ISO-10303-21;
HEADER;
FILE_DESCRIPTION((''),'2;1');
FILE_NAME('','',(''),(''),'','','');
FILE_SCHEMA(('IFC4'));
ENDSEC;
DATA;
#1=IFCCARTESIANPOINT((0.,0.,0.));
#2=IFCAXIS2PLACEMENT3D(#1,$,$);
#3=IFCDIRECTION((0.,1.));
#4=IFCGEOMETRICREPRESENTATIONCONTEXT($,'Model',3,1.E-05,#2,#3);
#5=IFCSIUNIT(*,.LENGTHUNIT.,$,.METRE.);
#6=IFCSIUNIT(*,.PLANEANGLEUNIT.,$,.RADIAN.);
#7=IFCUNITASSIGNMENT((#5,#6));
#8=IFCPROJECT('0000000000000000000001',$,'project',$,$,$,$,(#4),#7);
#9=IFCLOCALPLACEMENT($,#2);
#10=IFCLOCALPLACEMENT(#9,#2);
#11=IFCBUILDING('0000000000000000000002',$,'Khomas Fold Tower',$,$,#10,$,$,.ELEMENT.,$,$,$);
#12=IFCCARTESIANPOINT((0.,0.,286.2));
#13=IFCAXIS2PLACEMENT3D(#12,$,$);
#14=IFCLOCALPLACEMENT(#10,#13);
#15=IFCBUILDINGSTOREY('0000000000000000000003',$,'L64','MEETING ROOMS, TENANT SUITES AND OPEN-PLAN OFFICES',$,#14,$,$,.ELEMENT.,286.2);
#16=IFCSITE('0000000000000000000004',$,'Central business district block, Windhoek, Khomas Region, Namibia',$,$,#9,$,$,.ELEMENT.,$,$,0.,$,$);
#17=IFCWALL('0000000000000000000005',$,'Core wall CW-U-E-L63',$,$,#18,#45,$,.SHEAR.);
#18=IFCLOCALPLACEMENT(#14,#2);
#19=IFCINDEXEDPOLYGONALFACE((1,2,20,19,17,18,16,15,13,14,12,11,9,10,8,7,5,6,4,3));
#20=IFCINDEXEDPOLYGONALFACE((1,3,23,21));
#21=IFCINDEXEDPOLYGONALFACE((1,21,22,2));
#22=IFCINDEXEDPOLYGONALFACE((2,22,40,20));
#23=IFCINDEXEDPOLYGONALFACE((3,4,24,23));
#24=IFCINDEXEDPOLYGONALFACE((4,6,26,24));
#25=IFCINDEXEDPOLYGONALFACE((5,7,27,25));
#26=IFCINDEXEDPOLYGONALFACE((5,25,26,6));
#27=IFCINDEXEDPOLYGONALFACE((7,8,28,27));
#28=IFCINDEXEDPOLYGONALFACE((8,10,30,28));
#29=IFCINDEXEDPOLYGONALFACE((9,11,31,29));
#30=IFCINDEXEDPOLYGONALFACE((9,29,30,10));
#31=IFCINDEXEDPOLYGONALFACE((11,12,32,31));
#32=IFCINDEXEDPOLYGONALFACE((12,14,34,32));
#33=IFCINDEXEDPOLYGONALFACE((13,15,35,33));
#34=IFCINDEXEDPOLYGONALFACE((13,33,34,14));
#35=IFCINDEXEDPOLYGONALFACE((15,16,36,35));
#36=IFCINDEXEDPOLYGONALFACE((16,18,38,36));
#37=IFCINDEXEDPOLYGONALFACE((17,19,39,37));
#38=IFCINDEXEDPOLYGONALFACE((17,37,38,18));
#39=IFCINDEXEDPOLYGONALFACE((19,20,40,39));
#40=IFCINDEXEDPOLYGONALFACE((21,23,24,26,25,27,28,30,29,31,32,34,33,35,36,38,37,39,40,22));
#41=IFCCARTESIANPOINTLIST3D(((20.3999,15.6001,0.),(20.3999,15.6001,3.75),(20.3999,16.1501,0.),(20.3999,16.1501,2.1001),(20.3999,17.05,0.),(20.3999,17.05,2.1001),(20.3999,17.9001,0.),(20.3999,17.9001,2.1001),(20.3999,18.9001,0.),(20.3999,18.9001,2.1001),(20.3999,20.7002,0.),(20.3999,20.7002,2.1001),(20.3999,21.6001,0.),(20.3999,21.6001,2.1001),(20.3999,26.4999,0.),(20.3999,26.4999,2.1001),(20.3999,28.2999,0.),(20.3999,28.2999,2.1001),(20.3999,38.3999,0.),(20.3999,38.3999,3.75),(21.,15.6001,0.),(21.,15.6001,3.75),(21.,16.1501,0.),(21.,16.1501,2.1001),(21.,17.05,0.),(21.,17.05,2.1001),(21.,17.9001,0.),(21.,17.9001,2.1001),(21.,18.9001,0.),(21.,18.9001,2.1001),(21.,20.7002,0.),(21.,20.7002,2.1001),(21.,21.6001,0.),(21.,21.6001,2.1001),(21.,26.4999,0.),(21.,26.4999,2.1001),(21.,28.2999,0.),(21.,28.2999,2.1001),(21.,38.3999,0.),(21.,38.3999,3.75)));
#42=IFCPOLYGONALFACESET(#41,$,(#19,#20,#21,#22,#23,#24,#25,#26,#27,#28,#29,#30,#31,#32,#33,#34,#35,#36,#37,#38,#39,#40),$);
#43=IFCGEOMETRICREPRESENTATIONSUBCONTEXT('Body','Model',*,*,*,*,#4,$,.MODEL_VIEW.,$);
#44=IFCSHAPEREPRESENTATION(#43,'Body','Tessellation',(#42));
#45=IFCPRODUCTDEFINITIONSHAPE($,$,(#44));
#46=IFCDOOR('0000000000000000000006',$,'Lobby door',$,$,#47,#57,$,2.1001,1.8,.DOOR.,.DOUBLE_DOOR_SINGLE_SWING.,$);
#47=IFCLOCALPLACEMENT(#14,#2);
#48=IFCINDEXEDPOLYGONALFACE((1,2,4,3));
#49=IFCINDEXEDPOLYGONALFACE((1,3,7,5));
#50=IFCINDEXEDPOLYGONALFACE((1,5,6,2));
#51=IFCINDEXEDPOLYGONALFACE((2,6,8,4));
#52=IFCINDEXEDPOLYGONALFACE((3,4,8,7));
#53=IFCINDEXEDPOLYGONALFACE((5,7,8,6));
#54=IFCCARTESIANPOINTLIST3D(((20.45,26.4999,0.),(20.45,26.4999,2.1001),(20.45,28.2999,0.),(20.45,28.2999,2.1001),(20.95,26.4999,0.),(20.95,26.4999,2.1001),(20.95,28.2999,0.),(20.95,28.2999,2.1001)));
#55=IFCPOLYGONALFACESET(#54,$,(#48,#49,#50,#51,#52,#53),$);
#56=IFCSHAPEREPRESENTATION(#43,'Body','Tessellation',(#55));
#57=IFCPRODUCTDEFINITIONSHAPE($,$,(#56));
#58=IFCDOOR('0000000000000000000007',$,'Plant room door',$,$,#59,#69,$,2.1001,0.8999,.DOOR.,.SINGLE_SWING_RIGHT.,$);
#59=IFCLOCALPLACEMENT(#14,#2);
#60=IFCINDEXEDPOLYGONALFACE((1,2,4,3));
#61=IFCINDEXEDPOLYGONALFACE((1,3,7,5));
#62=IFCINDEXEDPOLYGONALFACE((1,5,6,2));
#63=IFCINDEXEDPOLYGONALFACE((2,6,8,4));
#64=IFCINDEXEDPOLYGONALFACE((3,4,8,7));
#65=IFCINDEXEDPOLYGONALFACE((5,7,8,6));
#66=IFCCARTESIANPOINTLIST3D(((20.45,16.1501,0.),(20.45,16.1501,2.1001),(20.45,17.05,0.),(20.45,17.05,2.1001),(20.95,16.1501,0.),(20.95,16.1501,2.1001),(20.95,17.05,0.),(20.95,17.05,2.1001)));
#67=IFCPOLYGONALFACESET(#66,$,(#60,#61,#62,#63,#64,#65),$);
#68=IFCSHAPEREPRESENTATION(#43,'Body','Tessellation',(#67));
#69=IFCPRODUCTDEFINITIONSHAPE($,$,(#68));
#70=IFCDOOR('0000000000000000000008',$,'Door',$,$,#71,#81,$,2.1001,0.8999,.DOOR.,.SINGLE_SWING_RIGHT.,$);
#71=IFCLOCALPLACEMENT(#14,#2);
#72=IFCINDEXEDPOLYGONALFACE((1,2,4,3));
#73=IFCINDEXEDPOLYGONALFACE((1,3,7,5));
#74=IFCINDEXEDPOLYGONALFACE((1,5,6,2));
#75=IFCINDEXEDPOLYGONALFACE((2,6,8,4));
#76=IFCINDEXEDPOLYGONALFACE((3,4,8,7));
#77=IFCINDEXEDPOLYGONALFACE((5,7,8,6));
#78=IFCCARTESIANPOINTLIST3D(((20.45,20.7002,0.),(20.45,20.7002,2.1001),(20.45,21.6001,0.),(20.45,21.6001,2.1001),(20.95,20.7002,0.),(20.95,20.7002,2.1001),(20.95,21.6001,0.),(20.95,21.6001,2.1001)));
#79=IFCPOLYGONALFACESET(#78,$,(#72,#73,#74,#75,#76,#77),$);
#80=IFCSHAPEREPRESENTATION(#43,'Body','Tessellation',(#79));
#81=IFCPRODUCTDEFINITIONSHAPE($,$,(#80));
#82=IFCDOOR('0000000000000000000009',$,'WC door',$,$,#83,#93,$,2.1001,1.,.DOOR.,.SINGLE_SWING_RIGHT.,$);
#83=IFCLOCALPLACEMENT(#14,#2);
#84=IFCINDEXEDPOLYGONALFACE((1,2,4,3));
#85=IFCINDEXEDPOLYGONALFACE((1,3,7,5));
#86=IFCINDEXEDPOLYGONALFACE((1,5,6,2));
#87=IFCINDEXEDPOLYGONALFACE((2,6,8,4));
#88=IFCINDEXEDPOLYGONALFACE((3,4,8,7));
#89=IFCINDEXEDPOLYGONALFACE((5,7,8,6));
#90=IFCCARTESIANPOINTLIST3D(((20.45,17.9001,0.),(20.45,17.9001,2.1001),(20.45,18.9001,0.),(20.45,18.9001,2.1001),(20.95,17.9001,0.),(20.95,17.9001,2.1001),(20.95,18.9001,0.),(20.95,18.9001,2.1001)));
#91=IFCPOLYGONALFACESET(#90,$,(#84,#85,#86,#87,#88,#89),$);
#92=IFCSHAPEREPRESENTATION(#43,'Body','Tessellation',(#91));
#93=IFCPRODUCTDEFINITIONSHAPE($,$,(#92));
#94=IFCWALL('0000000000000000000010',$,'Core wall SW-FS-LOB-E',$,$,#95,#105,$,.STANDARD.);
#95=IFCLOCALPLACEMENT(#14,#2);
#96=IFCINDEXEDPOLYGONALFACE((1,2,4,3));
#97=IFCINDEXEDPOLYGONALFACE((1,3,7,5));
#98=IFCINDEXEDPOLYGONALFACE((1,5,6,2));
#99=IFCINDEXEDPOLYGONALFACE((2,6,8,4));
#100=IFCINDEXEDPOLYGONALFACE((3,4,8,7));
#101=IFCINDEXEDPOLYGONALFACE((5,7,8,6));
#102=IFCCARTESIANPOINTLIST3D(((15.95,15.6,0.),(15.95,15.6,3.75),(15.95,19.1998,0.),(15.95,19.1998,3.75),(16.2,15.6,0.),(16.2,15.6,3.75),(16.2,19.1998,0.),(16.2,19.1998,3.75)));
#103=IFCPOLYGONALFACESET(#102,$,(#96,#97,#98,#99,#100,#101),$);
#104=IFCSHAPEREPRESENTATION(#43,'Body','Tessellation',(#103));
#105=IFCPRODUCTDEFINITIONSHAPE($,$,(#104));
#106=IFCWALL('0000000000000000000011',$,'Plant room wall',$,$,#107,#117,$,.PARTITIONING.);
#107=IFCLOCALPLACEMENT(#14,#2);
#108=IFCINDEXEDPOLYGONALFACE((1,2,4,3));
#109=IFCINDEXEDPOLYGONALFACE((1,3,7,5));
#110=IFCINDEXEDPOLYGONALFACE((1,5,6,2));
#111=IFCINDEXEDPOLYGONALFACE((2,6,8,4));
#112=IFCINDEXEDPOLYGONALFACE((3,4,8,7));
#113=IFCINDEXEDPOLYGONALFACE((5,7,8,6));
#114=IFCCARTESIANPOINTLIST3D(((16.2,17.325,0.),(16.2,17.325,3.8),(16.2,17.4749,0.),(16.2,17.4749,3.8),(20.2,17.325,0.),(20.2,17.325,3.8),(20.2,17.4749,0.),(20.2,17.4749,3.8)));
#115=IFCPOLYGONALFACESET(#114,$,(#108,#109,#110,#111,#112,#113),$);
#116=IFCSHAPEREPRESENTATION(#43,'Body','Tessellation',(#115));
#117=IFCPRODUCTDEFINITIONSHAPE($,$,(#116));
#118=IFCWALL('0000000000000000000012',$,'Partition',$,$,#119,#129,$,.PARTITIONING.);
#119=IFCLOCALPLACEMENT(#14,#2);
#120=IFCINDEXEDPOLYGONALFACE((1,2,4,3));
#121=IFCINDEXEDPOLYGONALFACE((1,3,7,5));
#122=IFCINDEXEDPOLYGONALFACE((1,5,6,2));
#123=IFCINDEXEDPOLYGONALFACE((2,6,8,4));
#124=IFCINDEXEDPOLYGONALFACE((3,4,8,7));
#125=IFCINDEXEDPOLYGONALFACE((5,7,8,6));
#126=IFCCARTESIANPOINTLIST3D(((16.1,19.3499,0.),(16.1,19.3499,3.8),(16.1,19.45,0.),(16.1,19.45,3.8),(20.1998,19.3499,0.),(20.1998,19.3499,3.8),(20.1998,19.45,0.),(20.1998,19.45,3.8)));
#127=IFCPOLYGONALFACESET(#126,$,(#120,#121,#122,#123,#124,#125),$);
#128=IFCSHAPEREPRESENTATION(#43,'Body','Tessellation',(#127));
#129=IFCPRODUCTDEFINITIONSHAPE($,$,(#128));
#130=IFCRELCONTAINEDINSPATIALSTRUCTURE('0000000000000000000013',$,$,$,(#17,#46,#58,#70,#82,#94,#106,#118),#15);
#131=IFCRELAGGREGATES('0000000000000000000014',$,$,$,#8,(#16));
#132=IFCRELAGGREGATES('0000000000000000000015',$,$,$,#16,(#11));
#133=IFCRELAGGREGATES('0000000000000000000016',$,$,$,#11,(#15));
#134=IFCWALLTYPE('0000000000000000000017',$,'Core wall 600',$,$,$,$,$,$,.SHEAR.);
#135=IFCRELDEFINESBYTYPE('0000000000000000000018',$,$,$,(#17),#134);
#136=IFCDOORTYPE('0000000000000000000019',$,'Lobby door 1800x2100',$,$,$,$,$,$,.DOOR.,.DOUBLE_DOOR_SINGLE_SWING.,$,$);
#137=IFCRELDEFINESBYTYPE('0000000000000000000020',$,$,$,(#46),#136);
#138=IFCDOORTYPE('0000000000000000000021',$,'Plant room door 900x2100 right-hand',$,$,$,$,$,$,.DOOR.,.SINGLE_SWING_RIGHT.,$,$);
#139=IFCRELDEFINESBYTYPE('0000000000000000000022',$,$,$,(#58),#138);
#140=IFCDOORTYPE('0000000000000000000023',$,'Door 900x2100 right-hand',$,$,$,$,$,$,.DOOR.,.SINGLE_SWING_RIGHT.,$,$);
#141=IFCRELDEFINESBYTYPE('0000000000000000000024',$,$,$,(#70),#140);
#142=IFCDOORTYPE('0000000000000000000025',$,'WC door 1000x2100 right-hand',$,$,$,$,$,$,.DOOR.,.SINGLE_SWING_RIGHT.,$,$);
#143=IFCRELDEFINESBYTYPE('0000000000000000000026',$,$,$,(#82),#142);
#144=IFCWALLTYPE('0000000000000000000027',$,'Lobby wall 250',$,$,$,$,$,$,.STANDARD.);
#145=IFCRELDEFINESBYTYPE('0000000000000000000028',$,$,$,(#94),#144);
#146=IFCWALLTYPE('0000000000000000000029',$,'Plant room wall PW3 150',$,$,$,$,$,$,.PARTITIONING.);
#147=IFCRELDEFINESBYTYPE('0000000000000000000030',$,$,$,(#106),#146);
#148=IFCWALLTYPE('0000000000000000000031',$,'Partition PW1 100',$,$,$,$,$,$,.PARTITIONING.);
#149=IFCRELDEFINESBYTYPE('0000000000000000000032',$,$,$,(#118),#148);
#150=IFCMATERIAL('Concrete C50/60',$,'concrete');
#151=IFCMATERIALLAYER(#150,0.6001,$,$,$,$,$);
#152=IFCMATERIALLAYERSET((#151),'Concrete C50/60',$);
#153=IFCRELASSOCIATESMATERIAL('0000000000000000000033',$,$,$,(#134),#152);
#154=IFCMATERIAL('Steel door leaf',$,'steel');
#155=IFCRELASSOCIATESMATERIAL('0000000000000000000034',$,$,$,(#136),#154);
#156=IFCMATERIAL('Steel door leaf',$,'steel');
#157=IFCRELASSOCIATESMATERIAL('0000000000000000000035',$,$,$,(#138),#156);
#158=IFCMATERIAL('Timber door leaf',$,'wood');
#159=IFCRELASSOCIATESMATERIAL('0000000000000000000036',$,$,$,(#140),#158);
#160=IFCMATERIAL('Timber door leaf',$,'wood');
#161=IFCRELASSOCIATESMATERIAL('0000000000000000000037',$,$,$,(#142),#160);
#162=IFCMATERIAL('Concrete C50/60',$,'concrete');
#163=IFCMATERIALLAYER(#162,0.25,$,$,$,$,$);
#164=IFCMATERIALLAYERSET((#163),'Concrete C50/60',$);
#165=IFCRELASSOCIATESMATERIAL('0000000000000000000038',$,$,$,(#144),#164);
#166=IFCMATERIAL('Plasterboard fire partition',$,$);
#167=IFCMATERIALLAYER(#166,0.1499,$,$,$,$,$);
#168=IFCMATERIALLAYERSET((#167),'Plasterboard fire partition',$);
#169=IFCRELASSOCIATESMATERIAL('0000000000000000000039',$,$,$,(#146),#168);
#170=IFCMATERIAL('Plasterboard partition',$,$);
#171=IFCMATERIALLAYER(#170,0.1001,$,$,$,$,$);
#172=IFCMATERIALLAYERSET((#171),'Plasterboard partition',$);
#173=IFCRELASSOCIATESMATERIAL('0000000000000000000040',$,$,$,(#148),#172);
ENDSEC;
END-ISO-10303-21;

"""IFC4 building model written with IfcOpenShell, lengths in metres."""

from ifc_helpers import new_model, si_unit, direction, frame, frame_2d, origin, place, context, subcontext, project, spatial, rectangle, extrude, source, transform, mapped, material, layer, layer_set, type_object, element, fill, save


model = new_model("IFC4")

# Units and contexts
model_context = context("Model", 3, precision=1e-05, world=origin(), true_north=direction((0.0, 1.0)))
body_context = subcontext(model_context, "Body", "Model", "MODEL_VIEW")
ifc_project = project(units=[si_unit("LENGTHUNIT", "METRE"), si_unit("PLANEANGLEUNIT", "RADIAN")], contexts=[model_context])

# Site, building, storey
site_placement = place(None, origin())
site = spatial("IfcSite", under=ifc_project, at=site_placement, Name="Central business district block, Windhoek, Khomas Region, Namibia", CompositionType="ELEMENT", RefElevation=0.0)
building_placement = place(site_placement, origin())
building = spatial("IfcBuilding", under=site, at=building_placement, Name="Khomas Fold Tower", CompositionType="ELEMENT")
storey_placement = place(building_placement, frame((0.0, 0.0, 286.2)))
storey = spatial("IfcBuildingStorey", under=building, at=storey_placement, Name="L64", Description="MEETING ROOMS, TENANT SUITES AND OPEN-PLAN OFFICES", CompositionType="ELEMENT", Elevation=286.2)

# Wall, openings, doors
ifc_material_1 = material(Name="Concrete C50/60", Category="concrete")
ifc_layer_1 = layer(ifc_material_1, 0.6001)
ifc_layer_set_1 = layer_set([ifc_layer_1], Name="Concrete C50/60")
wall_type_1 = type_object("IfcWallType", Name="Core wall 600", PredefinedType="SHEAR", material=ifc_layer_set_1)
shared_shape_1 = source(origin(), body_context, "Body", "SweptSolid", [
    extrude(rectangle(XDim=22.7998, YDim=0.6001, at=frame_2d((11.3999, 0.0))), origin(), (0.0, 0.0, 1.0), 3.75),
])
wall_1_placement = place(storey_placement, frame((20.7, 15.6001, 0.0), z_axis=(0.0, 0.0, 1.0), x_axis=(0.0, 1.0, 0.0)))
wall_1 = element("IfcWall", 1, at=wall_1_placement, inside=storey, type_object=wall_type_1, Name="Core wall CW-U-E-L63", PredefinedType="SHEAR", context=body_context, shape_type="MappedRepresentation", body=[
    mapped(shared_shape_1, transform((0.0, 0.0, 0.0))),
])
shared_shape_2 = source(origin(), body_context, "Body", "SweptSolid", [
    extrude(rectangle(XDim=1.8, YDim=2.1001, at=frame_2d((0.8999, 1.05))), frame((0.0, 0.3101, 0.0), z_axis=(0.0, -1.0, 0.0), x_axis=(1.0, 0.0, 0.0)), (0.0, 0.0, 1.0), 0.6201),
])
opening_1_placement = place(wall_1_placement, frame((10.8999, 0.0, 0.0)))
opening_1 = element("IfcOpeningElement", 2, at=opening_1_placement, cuts=wall_1, PredefinedType="OPENING", context=body_context, shape_type="MappedRepresentation", body=[
    mapped(shared_shape_2, transform((0.0, 0.0, 0.0))),
])
shared_shape_3 = source(origin(), body_context, "Body", "SweptSolid", [
    extrude(rectangle(XDim=0.8999, YDim=2.1001, at=frame_2d((0.45, 1.05))), frame((0.0, 0.3101, 0.0), z_axis=(0.0, -1.0, 0.0), x_axis=(1.0, 0.0, 0.0)), (0.0, 0.0, 1.0), 0.6201),
])
opening_2_placement = place(wall_1_placement, frame((0.55, 0.0, 0.0)))
opening_2 = element("IfcOpeningElement", 3, at=opening_2_placement, cuts=wall_1, PredefinedType="OPENING", context=body_context, shape_type="MappedRepresentation", body=[
    mapped(shared_shape_3, transform((0.0, 0.0, 0.0))),
])
shared_shape_4 = source(origin(), body_context, "Body", "SweptSolid", [
    extrude(rectangle(XDim=1.0, YDim=2.1001, at=frame_2d((0.5, 1.05))), frame((0.0, 0.3101, 0.0), z_axis=(0.0, -1.0, 0.0), x_axis=(1.0, 0.0, 0.0)), (0.0, 0.0, 1.0), 0.6201),
])
opening_3_placement = place(wall_1_placement, frame((2.3, 0.0, 0.0)))
opening_3 = element("IfcOpeningElement", 4, at=opening_3_placement, cuts=wall_1, PredefinedType="OPENING", context=body_context, shape_type="MappedRepresentation", body=[
    mapped(shared_shape_4, transform((0.0, 0.0, 0.0))),
])
opening_4_placement = place(wall_1_placement, frame((5.1001, 0.0, 0.0)))
opening_4 = element("IfcOpeningElement", 5, at=opening_4_placement, cuts=wall_1, PredefinedType="OPENING", context=body_context, shape_type="MappedRepresentation", body=[
    mapped(shared_shape_3, transform((0.0, 0.0, 0.0))),
])
ifc_material_2 = material(Name="Steel door leaf", Category="steel")
door_type_1 = type_object("IfcDoorType", Name="Lobby door 1800x2100", OperationType="DOUBLE_DOOR_SINGLE_SWING", PredefinedType="DOOR", material=ifc_material_2)
shared_shape_5 = source(origin(), body_context, "Body", "SweptSolid", [
    extrude(rectangle(XDim=1.8, YDim=2.1001, at=frame_2d((0.8999, 1.05))), frame((0.0, 0.25, 0.0), z_axis=(0.0, -1.0, 0.0), x_axis=(1.0, 0.0, 0.0)), (0.0, 0.0, 1.0), 0.5),
])
door_1_placement = place(opening_1_placement, origin())
door_1 = element("IfcDoor", 6, at=door_1_placement, inside=storey, type_object=door_type_1, Name="Lobby door", OperationType="DOUBLE_DOOR_SINGLE_SWING", OverallHeight=2.1001, OverallWidth=1.8, PredefinedType="DOOR", context=body_context, shape_type="MappedRepresentation", body=[
    mapped(shared_shape_5, transform((0.0, 0.0, 0.0))),
])
fill(opening_1, door_1)
ifc_material_3 = material(Name="Steel door leaf", Category="steel")
door_type_2 = type_object("IfcDoorType", Name="Plant room door 900x2100 right-hand", OperationType="SINGLE_SWING_RIGHT", PredefinedType="DOOR", material=ifc_material_3)
shared_shape_6 = source(origin(), body_context, "Body", "SweptSolid", [
    extrude(rectangle(XDim=0.8999, YDim=2.1001, at=frame_2d((0.45, 1.05))), frame((0.0, 0.25, 0.0), z_axis=(0.0, -1.0, 0.0), x_axis=(1.0, 0.0, 0.0)), (0.0, 0.0, 1.0), 0.5),
])
door_2_placement = place(opening_2_placement, origin())
door_2 = element("IfcDoor", 7, at=door_2_placement, inside=storey, type_object=door_type_2, Name="Plant room door", OperationType="SINGLE_SWING_RIGHT", OverallHeight=2.1001, OverallWidth=0.8999, PredefinedType="DOOR", context=body_context, shape_type="MappedRepresentation", body=[
    mapped(shared_shape_6, transform((0.0, 0.0, 0.0))),
])
fill(opening_2, door_2)
ifc_material_4 = material(Name="Timber door leaf", Category="wood")
door_type_3 = type_object("IfcDoorType", Name="Door 900x2100 right-hand", OperationType="SINGLE_SWING_RIGHT", PredefinedType="DOOR", material=ifc_material_4)
door_3_placement = place(opening_4_placement, origin())
door_3 = element("IfcDoor", 8, at=door_3_placement, inside=storey, type_object=door_type_3, Name="Door", OperationType="SINGLE_SWING_RIGHT", OverallHeight=2.1001, OverallWidth=0.8999, PredefinedType="DOOR", context=body_context, shape_type="MappedRepresentation", body=[
    mapped(shared_shape_6, transform((0.0, 0.0, 0.0))),
])
fill(opening_4, door_3)
ifc_material_5 = material(Name="Timber door leaf", Category="wood")
door_type_4 = type_object("IfcDoorType", Name="WC door 1000x2100 right-hand", OperationType="SINGLE_SWING_RIGHT", PredefinedType="DOOR", material=ifc_material_5)
shared_shape_7 = source(origin(), body_context, "Body", "SweptSolid", [
    extrude(rectangle(XDim=1.0, YDim=2.1001, at=frame_2d((0.5, 1.05))), frame((0.0, 0.25, 0.0), z_axis=(0.0, -1.0, 0.0), x_axis=(1.0, 0.0, 0.0)), (0.0, 0.0, 1.0), 0.5),
])
door_4_placement = place(opening_3_placement, origin())
door_4 = element("IfcDoor", 9, at=door_4_placement, inside=storey, type_object=door_type_4, Name="WC door", OperationType="SINGLE_SWING_RIGHT", OverallHeight=2.1001, OverallWidth=1.0, PredefinedType="DOOR", context=body_context, shape_type="MappedRepresentation", body=[
    mapped(shared_shape_7, transform((0.0, 0.0, 0.0))),
])
fill(opening_3, door_4)

# Walls
ifc_material_6 = material(Name="Concrete C50/60", Category="concrete")
ifc_layer_2 = layer(ifc_material_6, 0.25)
ifc_layer_set_2 = layer_set([ifc_layer_2], Name="Concrete C50/60")
wall_type_2 = type_object("IfcWallType", Name="Lobby wall 250", PredefinedType="STANDARD", material=ifc_layer_set_2)
shared_shape_8 = source(origin(), body_context, "Body", "SweptSolid", [
    extrude(rectangle(XDim=3.5999, YDim=0.25, at=frame_2d((1.7998, 0.0))), origin(), (0.0, 0.0, 1.0), 3.75),
])
wall_2_placement = place(storey_placement, frame((16.075, 15.6001, 0.0), z_axis=(0.0, 0.0, 1.0), x_axis=(0.0, 1.0, 0.0)))
element("IfcWall", 10, at=wall_2_placement, inside=storey, type_object=wall_type_2, Name="Core wall SW-FS-LOB-E", PredefinedType="STANDARD", context=body_context, shape_type="MappedRepresentation", body=[
    mapped(shared_shape_8, transform((0.0, 0.0, 0.0))),
])
ifc_material_7 = material(Name="Plasterboard fire partition")
ifc_layer_3 = layer(ifc_material_7, 0.1499)
ifc_layer_set_3 = layer_set([ifc_layer_3], Name="Plasterboard fire partition")
wall_type_3 = type_object("IfcWallType", Name="Plant room wall PW3 150", PredefinedType="PARTITIONING", material=ifc_layer_set_3)
shared_shape_9 = source(origin(), body_context, "Body", "SweptSolid", [
    extrude(rectangle(XDim=4.0, YDim=0.1499, at=frame_2d((2.0, 0.0))), origin(), (0.0, 0.0, 1.0), 3.8),
])
wall_3_placement = place(storey_placement, frame((16.2, 17.3999, 0.0), z_axis=(0.0, 0.0, 1.0), x_axis=(1.0, 0.0, 0.0)))
element("IfcWall", 11, at=wall_3_placement, inside=storey, type_object=wall_type_3, Name="Plant room wall", PredefinedType="PARTITIONING", context=body_context, shape_type="MappedRepresentation", body=[
    mapped(shared_shape_9, transform((0.0, 0.0, 0.0))),
])
ifc_material_8 = material(Name="Plasterboard partition")
ifc_layer_4 = layer(ifc_material_8, 0.1001)
ifc_layer_set_4 = layer_set([ifc_layer_4], Name="Plasterboard partition")
wall_type_4 = type_object("IfcWallType", Name="Partition PW1 100", PredefinedType="PARTITIONING", material=ifc_layer_set_4)
shared_shape_10 = source(origin(), body_context, "Body", "SweptSolid", [
    extrude(rectangle(XDim=4.0999, YDim=0.1001, at=frame_2d((2.0498, 0.0))), origin(), (0.0, 0.0, 1.0), 3.8),
])
wall_4_placement = place(storey_placement, frame((16.1001, 19.3999, 0.0), z_axis=(0.0, 0.0, 1.0), x_axis=(1.0, 0.0, 0.0)))
element("IfcWall", 12, at=wall_4_placement, inside=storey, type_object=wall_type_4, Name="Partition", PredefinedType="PARTITIONING", context=body_context, shape_type="MappedRepresentation", body=[
    mapped(shared_shape_10, transform((0.0, 0.0, 0.0))),
])

save(model, "model.ifc")
